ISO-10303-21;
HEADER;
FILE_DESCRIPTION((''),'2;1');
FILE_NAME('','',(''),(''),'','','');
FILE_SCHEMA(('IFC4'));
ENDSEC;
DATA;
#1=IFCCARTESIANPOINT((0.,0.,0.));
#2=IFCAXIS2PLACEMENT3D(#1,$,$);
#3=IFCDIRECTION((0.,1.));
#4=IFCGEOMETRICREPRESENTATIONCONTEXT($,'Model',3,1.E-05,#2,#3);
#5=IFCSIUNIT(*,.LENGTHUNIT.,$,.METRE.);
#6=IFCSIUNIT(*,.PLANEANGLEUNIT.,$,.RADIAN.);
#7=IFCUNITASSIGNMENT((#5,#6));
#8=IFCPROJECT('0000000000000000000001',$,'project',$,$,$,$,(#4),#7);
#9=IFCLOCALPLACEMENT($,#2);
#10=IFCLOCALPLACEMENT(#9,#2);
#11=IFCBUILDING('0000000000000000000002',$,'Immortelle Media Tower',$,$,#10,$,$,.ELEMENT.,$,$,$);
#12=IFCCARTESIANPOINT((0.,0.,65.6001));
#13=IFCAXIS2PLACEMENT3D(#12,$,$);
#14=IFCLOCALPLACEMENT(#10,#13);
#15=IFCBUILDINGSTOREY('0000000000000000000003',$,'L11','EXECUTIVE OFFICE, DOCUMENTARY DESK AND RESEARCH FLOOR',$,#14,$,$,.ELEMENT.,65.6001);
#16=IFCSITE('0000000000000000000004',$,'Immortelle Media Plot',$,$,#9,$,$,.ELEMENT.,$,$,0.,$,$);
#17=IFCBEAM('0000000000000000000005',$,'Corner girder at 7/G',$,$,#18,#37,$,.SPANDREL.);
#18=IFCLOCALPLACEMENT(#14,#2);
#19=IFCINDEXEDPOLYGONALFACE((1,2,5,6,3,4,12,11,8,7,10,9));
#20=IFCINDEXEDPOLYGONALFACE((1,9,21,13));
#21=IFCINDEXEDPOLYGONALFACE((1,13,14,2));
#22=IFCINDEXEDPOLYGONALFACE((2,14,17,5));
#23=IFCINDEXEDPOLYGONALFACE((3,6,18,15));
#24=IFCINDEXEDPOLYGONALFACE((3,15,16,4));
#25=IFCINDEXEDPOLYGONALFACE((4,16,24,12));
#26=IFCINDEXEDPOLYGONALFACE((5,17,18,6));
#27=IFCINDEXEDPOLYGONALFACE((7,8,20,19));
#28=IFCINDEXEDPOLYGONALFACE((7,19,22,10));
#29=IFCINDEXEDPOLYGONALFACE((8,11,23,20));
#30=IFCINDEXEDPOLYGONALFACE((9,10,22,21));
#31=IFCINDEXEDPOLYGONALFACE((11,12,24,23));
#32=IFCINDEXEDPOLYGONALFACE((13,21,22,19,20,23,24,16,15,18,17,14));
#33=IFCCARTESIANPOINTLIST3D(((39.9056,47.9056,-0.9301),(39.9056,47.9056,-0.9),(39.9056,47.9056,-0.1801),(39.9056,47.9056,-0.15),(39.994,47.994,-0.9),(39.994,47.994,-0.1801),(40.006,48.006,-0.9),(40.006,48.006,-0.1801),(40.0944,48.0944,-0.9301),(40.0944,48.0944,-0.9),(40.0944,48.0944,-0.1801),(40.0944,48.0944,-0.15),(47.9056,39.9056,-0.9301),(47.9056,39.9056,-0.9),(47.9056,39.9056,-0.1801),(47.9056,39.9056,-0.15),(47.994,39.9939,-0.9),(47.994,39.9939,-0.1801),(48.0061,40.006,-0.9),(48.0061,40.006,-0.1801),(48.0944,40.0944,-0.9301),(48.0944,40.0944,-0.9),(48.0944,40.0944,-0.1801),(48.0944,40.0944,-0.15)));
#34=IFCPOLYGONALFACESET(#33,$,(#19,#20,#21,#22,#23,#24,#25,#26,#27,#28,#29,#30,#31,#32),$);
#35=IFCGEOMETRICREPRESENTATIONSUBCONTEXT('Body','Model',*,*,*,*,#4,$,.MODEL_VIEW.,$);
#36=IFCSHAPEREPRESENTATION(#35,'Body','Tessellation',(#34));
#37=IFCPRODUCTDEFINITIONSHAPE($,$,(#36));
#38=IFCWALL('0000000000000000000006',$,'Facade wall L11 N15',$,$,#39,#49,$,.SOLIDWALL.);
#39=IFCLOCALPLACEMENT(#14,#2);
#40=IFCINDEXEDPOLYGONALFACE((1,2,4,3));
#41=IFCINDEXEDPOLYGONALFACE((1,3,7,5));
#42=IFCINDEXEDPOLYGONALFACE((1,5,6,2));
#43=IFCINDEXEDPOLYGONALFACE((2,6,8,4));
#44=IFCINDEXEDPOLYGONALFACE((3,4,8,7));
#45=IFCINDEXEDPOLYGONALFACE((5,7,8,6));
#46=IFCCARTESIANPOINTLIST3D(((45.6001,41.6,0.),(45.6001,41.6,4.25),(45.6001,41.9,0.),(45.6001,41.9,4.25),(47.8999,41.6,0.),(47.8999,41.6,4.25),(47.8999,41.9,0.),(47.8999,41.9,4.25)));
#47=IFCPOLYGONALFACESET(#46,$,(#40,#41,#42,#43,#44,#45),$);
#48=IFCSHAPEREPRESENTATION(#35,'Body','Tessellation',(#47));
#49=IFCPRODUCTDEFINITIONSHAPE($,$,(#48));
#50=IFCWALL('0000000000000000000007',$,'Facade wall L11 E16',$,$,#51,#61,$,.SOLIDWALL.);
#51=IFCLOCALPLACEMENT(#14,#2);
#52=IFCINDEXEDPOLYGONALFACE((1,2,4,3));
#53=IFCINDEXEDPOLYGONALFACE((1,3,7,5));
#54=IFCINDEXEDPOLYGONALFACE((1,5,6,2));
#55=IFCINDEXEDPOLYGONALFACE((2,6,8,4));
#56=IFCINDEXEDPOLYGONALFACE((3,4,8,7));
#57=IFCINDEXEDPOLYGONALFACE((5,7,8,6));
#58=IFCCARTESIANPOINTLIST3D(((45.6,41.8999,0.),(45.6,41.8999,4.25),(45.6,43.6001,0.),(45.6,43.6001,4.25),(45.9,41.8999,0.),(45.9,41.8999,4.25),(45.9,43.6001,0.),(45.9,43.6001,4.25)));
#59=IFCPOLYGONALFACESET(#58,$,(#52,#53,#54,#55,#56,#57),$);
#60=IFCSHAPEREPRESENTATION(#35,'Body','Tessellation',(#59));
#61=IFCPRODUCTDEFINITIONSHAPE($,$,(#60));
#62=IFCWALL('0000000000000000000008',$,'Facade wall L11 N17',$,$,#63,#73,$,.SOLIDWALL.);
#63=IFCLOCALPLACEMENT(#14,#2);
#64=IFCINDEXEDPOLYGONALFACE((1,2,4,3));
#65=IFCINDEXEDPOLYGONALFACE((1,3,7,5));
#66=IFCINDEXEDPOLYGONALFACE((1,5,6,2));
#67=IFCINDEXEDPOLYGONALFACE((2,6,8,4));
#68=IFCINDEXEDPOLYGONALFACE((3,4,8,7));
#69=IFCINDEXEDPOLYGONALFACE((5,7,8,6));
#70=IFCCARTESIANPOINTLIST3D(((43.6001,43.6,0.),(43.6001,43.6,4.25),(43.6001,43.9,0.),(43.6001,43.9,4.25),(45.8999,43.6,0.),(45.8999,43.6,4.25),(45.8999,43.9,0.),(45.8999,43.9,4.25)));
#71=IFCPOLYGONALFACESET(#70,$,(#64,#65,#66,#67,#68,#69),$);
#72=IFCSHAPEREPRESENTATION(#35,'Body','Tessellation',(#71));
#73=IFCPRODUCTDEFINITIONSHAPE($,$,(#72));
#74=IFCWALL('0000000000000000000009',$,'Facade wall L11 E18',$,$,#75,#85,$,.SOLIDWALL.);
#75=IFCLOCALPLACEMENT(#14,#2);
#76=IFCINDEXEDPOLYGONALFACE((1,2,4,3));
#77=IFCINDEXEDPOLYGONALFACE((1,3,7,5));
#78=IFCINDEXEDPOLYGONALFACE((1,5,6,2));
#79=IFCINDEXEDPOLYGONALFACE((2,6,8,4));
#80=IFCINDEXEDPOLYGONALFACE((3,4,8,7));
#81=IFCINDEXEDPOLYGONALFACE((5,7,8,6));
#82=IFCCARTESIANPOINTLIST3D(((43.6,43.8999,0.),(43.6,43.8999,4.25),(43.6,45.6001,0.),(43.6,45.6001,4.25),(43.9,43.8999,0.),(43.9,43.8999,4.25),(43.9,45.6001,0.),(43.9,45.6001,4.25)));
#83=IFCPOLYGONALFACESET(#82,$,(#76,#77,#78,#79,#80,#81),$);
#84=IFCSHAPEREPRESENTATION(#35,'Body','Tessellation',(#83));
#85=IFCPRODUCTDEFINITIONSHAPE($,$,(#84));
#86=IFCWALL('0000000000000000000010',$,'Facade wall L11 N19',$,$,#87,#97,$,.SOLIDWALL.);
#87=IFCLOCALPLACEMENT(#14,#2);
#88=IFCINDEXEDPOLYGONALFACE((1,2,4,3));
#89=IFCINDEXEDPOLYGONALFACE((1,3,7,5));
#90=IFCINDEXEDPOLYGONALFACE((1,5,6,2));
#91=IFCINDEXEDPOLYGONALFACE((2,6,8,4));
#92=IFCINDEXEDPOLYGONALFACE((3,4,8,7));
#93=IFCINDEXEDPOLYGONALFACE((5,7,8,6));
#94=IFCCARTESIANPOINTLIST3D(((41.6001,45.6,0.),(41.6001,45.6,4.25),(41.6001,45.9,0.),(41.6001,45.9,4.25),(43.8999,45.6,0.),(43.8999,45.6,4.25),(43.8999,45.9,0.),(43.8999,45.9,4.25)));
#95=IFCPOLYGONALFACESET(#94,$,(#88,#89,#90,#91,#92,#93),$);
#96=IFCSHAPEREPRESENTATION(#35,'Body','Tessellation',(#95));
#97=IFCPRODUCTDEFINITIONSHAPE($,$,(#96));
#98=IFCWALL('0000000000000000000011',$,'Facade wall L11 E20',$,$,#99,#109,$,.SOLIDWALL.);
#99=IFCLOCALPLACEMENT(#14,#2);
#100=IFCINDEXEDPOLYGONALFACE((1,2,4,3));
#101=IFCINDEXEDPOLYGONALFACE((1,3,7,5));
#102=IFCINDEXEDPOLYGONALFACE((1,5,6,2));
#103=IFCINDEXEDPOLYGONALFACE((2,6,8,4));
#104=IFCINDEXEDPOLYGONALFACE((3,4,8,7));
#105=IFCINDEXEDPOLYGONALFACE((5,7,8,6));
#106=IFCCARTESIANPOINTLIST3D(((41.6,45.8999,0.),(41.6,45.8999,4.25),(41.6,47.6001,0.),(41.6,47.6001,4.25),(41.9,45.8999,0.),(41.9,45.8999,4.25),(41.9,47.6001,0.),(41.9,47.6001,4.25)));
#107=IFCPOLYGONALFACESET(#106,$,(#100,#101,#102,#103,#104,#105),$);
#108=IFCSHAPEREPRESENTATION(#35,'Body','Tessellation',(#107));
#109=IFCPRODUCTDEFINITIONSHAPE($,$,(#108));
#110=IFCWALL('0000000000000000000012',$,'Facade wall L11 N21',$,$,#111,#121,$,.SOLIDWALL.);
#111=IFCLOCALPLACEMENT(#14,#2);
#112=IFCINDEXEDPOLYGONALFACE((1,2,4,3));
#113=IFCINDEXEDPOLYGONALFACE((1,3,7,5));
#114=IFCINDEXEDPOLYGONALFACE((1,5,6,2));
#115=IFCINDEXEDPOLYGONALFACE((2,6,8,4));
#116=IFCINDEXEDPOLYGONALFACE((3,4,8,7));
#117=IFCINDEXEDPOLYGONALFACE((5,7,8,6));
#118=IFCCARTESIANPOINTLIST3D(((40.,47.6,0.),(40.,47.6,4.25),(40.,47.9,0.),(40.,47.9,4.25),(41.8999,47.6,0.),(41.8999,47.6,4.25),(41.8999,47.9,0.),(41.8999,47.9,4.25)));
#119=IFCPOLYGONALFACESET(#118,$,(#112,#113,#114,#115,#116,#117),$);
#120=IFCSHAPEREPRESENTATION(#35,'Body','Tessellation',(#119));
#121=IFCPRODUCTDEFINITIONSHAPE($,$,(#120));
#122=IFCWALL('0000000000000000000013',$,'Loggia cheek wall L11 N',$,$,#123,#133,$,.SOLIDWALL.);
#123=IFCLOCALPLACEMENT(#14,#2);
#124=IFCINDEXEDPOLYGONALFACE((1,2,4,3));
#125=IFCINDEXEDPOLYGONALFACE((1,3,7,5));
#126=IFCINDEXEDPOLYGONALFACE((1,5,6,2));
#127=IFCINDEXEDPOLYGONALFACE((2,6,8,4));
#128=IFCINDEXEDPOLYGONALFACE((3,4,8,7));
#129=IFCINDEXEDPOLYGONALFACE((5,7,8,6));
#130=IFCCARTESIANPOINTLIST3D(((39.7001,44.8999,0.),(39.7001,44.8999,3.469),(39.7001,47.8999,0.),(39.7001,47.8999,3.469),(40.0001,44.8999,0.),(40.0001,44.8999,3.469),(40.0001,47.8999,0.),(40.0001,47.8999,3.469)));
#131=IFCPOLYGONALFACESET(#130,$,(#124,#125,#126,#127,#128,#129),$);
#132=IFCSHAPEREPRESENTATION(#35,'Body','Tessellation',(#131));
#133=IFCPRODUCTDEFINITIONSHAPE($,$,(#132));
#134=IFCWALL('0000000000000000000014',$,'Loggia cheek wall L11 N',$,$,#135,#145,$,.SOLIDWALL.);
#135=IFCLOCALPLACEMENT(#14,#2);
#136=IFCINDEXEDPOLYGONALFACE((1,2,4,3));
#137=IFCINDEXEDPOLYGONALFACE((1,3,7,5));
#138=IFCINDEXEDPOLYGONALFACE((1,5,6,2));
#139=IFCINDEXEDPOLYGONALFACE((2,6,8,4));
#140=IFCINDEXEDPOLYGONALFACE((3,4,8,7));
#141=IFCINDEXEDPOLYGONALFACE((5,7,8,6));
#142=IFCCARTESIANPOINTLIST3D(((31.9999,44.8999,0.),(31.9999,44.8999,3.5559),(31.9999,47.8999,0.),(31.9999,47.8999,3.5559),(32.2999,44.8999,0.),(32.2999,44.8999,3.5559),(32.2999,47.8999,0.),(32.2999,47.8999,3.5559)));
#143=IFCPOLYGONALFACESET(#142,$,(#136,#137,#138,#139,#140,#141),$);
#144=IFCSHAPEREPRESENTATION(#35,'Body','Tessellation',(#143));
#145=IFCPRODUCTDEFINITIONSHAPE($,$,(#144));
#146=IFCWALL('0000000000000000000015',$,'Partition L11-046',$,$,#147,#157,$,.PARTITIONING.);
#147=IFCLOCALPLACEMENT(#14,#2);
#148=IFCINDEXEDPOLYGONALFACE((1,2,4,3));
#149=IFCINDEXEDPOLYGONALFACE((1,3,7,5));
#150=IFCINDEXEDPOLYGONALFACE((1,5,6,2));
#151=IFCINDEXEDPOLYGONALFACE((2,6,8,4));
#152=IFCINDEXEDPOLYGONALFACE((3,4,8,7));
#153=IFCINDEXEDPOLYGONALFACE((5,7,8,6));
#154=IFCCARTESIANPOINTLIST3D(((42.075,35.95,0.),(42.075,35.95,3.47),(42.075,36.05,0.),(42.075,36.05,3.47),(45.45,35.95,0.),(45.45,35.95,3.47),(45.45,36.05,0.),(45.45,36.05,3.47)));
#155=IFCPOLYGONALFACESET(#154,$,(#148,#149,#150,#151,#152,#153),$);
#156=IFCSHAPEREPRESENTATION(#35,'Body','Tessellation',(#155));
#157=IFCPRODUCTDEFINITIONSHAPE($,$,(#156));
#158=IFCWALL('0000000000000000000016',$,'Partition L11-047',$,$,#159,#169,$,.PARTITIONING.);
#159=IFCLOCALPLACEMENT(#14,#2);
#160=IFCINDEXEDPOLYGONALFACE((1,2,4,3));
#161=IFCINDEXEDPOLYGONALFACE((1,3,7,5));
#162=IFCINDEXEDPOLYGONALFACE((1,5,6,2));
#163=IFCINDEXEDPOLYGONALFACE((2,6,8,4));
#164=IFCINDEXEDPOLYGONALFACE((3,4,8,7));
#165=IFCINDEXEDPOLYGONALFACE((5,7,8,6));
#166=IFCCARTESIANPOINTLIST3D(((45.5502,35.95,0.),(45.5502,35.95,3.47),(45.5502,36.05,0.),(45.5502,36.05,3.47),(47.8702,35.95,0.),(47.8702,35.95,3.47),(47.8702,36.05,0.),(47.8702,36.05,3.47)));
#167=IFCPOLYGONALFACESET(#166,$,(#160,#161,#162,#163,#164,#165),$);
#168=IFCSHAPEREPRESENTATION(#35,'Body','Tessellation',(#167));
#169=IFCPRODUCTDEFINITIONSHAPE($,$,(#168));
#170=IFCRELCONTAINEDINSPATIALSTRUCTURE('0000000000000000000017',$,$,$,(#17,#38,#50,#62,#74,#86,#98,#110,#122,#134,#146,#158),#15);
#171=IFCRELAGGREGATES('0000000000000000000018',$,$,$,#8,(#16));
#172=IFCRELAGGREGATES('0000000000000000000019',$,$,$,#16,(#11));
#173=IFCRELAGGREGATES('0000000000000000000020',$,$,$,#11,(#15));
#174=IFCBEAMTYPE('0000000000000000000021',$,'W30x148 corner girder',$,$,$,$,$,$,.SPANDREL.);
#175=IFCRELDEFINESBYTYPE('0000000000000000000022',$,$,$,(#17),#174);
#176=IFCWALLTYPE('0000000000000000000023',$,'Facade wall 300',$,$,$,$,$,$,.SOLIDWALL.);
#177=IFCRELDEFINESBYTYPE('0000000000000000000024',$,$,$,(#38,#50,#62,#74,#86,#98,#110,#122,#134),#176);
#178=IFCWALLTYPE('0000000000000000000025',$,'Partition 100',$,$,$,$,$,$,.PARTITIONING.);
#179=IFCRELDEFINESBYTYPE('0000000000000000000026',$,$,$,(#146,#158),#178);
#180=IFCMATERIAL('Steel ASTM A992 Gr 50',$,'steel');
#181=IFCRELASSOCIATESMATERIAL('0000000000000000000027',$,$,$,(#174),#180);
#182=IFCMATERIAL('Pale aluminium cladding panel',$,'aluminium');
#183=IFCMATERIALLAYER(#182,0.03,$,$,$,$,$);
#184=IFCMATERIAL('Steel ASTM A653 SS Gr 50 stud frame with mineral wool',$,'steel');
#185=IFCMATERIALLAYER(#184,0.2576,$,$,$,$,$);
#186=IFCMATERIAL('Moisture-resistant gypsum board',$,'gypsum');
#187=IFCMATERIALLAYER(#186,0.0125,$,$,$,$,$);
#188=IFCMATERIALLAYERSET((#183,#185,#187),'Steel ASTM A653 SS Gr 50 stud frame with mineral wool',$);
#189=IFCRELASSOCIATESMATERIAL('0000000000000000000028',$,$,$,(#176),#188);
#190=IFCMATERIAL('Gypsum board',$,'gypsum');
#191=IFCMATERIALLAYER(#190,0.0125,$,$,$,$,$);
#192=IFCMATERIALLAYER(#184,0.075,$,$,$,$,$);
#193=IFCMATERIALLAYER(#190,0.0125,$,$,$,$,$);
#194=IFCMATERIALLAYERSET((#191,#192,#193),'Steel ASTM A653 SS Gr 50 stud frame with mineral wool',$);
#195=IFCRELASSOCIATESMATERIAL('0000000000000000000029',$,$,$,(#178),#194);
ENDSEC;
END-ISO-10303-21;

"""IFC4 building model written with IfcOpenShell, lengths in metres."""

from ifc_helpers import new_model, si_unit, direction, frame, frame_2d, origin, origin_2d, place, context, subcontext, project, spatial, rectangle, i_section, extrude, material, layer, layer_set, material_profile, profile_set, type_object, element, save


model = new_model("IFC4")

# Units and contexts
model_context = context("Model", 3, precision=1e-05, world=origin(), true_north=direction((0.0, 1.0)))
body_context = subcontext(model_context, "Body", "Model", "MODEL_VIEW")
ifc_project = project(units=[si_unit("LENGTHUNIT", "METRE"), si_unit("PLANEANGLEUNIT", "RADIAN")], contexts=[model_context])

# Site, building, storey
site_placement = place(None, origin())
site = spatial("IfcSite", under=ifc_project, at=site_placement, Name="Immortelle Media Plot", CompositionType="ELEMENT", RefElevation=0.0)
building_placement = place(site_placement, origin())
building = spatial("IfcBuilding", under=site, at=building_placement, Name="Immortelle Media Tower", CompositionType="ELEMENT")
storey_placement = place(building_placement, frame((0.0, 0.0, 65.6001)))
storey = spatial("IfcBuildingStorey", under=building, at=storey_placement, Name="L11", Description="EXECUTIVE OFFICE, DOCUMENTARY DESK AND RESEARCH FLOOR", CompositionType="ELEMENT", Elevation=65.6001)

# Shared definitions
ifc_material_1 = material(Name="Steel ASTM A992 Gr 50", Category="steel")

# Beam
ifc_material_profile_1 = material_profile(ifc_material_1, i_section(OverallWidth=0.2671, OverallDepth=0.78, WebThickness=0.0171, FlangeThickness=0.03, at=origin_2d()), Name="W30x148")
ifc_profile_set_1 = profile_set([ifc_material_profile_1], Name="Steel ASTM A992 Gr 50")
beam_type_1 = type_object("IfcBeamType", Name="W30x148 corner girder", PredefinedType="SPANDREL", material=ifc_profile_set_1)
beam_placement = place(storey_placement, frame((40.0, 48.0, -0.54), z_axis=(0.707107, -0.707107, 0.0), x_axis=(0.707107, 0.707107, 0.0)))
element("IfcBeam", 1, at=beam_placement, inside=storey, type_object=beam_type_1, Name="Corner girder at 7/G", PredefinedType="SPANDREL", context=body_context, shape_type="SweptSolid", body=[
    extrude(i_section(OverallWidth=0.2671, OverallDepth=0.78, WebThickness=0.0171, FlangeThickness=0.03, at=origin_2d()), origin(), (0.0, 0.0, 1.0), 11.3137),
])

# Walls
ifc_material_2 = material(Name="Pale aluminium cladding panel", Category="aluminium")
ifc_layer_1 = layer(ifc_material_2, 0.03)
ifc_material_3 = material(Name="Steel ASTM A653 SS Gr 50 stud frame with mineral wool", Category="steel")
ifc_layer_2 = layer(ifc_material_3, 0.2576)
ifc_material_4 = material(Name="Moisture-resistant gypsum board", Category="gypsum")
ifc_layer_3 = layer(ifc_material_4, 0.0125)
ifc_layer_set_1 = layer_set([ifc_layer_1, ifc_layer_2, ifc_layer_3], Name="Steel ASTM A653 SS Gr 50 stud frame with mineral wool")
wall_type_1 = type_object("IfcWallType", Name="Facade wall 300", PredefinedType="SOLIDWALL", material=ifc_layer_set_1)
wall_1_placement = place(storey_placement, frame((47.8999, 41.75, 0.0), z_axis=(0.0, 0.0, 1.0), x_axis=(-1.0, 0.0, 0.0)))
element("IfcWall", 2, at=wall_1_placement, inside=storey, type_object=wall_type_1, Name="Facade wall L11 N15", PredefinedType="SOLIDWALL", context=body_context, shape_type="SweptSolid", body=[
    extrude(rectangle(XDim=2.2998, YDim=0.3, at=frame_2d((1.1499, 0.0))), origin(), (0.0, 0.0, 1.0), 4.25),
])
wall_2_placement = place(storey_placement, frame((45.75, 41.8999, 0.0), z_axis=(0.0, 0.0, 1.0), x_axis=(0.0, 1.0, 0.0)))
element("IfcWall", 3, at=wall_2_placement, inside=storey, type_object=wall_type_1, Name="Facade wall L11 E16", PredefinedType="SOLIDWALL", context=body_context, shape_type="SweptSolid", body=[
    extrude(rectangle(XDim=1.7002, YDim=0.3, at=frame_2d((0.8501, 0.0))), origin(), (0.0, 0.0, 1.0), 4.25),
])
wall_3_placement = place(storey_placement, frame((45.8999, 43.75, 0.0), z_axis=(0.0, 0.0, 1.0), x_axis=(-1.0, 0.0, 0.0)))
element("IfcWall", 4, at=wall_3_placement, inside=storey, type_object=wall_type_1, Name="Facade wall L11 N17", PredefinedType="SOLIDWALL", context=body_context, shape_type="SweptSolid", body=[
    extrude(rectangle(XDim=2.2998, YDim=0.3, at=frame_2d((1.1499, 0.0))), origin(), (0.0, 0.0, 1.0), 4.25),
])
wall_4_placement = place(storey_placement, frame((43.75, 43.8999, 0.0), z_axis=(0.0, 0.0, 1.0), x_axis=(0.0, 1.0, 0.0)))
element("IfcWall", 5, at=wall_4_placement, inside=storey, type_object=wall_type_1, Name="Facade wall L11 E18", PredefinedType="SOLIDWALL", context=body_context, shape_type="SweptSolid", body=[
    extrude(rectangle(XDim=1.7002, YDim=0.3, at=frame_2d((0.8501, 0.0))), origin(), (0.0, 0.0, 1.0), 4.25),
])
wall_5_placement = place(storey_placement, frame((43.8999, 45.75, 0.0), z_axis=(0.0, 0.0, 1.0), x_axis=(-1.0, 0.0, 0.0)))
element("IfcWall", 6, at=wall_5_placement, inside=storey, type_object=wall_type_1, Name="Facade wall L11 N19", PredefinedType="SOLIDWALL", context=body_context, shape_type="SweptSolid", body=[
    extrude(rectangle(XDim=2.2998, YDim=0.3, at=frame_2d((1.1499, 0.0))), origin(), (0.0, 0.0, 1.0), 4.25),
])
wall_6_placement = place(storey_placement, frame((41.75, 45.8999, 0.0), z_axis=(0.0, 0.0, 1.0), x_axis=(0.0, 1.0, 0.0)))
element("IfcWall", 7, at=wall_6_placement, inside=storey, type_object=wall_type_1, Name="Facade wall L11 E20", PredefinedType="SOLIDWALL", context=body_context, shape_type="SweptSolid", body=[
    extrude(rectangle(XDim=1.7002, YDim=0.3, at=frame_2d((0.8501, 0.0))), origin(), (0.0, 0.0, 1.0), 4.25),
])
wall_7_placement = place(storey_placement, frame((41.8999, 47.75, 0.0), z_axis=(0.0, 0.0, 1.0), x_axis=(-1.0, 0.0, 0.0)))
element("IfcWall", 8, at=wall_7_placement, inside=storey, type_object=wall_type_1, Name="Facade wall L11 N21", PredefinedType="SOLIDWALL", context=body_context, shape_type="SweptSolid", body=[
    extrude(rectangle(XDim=1.8999, YDim=0.3, at=frame_2d((0.95, 0.0))), origin(), (0.0, 0.0, 1.0), 4.25),
])

# Walls
wall_8_placement = place(storey_placement, frame((39.8501, 47.8999, 0.0), z_axis=(0.0, 0.0, 1.0), x_axis=(0.0, -1.0, 0.0)))
element("IfcWall", 9, at=wall_8_placement, inside=storey, type_object=wall_type_1, Name="Loggia cheek wall L11 N", PredefinedType="SOLIDWALL", context=body_context, shape_type="SweptSolid", body=[
    extrude(rectangle(XDim=3.0, YDim=0.3, at=frame_2d((1.5, 0.0))), origin(), (0.0, 0.0, 1.0), 3.469),
])
wall_9_placement = place(storey_placement, frame((32.1499, 47.8999, 0.0), z_axis=(0.0, 0.0, 1.0), x_axis=(0.0, -1.0, 0.0)))
element("IfcWall", 10, at=wall_9_placement, inside=storey, type_object=wall_type_1, Name="Loggia cheek wall L11 N", PredefinedType="SOLIDWALL", context=body_context, shape_type="SweptSolid", body=[
    extrude(rectangle(XDim=3.0, YDim=0.3, at=frame_2d((1.5, 0.0))), origin(), (0.0, 0.0, 1.0), 3.5559),
])
ifc_material_5 = material(Name="Gypsum board", Category="gypsum")
ifc_layer_4 = layer(ifc_material_5, 0.0125)
ifc_layer_5 = layer(ifc_material_3, 0.075)
ifc_layer_6 = layer(ifc_material_5, 0.0125)
ifc_layer_set_2 = layer_set([ifc_layer_4, ifc_layer_5, ifc_layer_6], Name="Steel ASTM A653 SS Gr 50 stud frame with mineral wool")
wall_type_2 = type_object("IfcWallType", Name="Partition 100", PredefinedType="PARTITIONING", material=ifc_layer_set_2)
wall_10_placement = place(storey_placement, frame((42.075, 36.0, 0.0), z_axis=(0.0, 0.0, 1.0), x_axis=(1.0, 0.0, 0.0)))
element("IfcWall", 11, at=wall_10_placement, inside=storey, type_object=wall_type_2, Name="Partition L11-046", PredefinedType="PARTITIONING", context=body_context, shape_type="SweptSolid", body=[
    extrude(rectangle(XDim=3.375, YDim=0.1001, at=frame_2d((1.6875, 0.0))), origin(), (0.0, 0.0, 1.0), 3.47),
])
wall_11_placement = place(storey_placement, frame((45.55, 36.0, 0.0), z_axis=(0.0, 0.0, 1.0), x_axis=(1.0, 0.0, 0.0)))
element("IfcWall", 12, at=wall_11_placement, inside=storey, type_object=wall_type_2, Name="Partition L11-047", PredefinedType="PARTITIONING", context=body_context, shape_type="SweptSolid", body=[
    extrude(rectangle(XDim=2.3201, YDim=0.1001, at=frame_2d((1.1602, 0.0))), origin(), (0.0, 0.0, 1.0), 3.47),
])

save(model, "model.ifc")
